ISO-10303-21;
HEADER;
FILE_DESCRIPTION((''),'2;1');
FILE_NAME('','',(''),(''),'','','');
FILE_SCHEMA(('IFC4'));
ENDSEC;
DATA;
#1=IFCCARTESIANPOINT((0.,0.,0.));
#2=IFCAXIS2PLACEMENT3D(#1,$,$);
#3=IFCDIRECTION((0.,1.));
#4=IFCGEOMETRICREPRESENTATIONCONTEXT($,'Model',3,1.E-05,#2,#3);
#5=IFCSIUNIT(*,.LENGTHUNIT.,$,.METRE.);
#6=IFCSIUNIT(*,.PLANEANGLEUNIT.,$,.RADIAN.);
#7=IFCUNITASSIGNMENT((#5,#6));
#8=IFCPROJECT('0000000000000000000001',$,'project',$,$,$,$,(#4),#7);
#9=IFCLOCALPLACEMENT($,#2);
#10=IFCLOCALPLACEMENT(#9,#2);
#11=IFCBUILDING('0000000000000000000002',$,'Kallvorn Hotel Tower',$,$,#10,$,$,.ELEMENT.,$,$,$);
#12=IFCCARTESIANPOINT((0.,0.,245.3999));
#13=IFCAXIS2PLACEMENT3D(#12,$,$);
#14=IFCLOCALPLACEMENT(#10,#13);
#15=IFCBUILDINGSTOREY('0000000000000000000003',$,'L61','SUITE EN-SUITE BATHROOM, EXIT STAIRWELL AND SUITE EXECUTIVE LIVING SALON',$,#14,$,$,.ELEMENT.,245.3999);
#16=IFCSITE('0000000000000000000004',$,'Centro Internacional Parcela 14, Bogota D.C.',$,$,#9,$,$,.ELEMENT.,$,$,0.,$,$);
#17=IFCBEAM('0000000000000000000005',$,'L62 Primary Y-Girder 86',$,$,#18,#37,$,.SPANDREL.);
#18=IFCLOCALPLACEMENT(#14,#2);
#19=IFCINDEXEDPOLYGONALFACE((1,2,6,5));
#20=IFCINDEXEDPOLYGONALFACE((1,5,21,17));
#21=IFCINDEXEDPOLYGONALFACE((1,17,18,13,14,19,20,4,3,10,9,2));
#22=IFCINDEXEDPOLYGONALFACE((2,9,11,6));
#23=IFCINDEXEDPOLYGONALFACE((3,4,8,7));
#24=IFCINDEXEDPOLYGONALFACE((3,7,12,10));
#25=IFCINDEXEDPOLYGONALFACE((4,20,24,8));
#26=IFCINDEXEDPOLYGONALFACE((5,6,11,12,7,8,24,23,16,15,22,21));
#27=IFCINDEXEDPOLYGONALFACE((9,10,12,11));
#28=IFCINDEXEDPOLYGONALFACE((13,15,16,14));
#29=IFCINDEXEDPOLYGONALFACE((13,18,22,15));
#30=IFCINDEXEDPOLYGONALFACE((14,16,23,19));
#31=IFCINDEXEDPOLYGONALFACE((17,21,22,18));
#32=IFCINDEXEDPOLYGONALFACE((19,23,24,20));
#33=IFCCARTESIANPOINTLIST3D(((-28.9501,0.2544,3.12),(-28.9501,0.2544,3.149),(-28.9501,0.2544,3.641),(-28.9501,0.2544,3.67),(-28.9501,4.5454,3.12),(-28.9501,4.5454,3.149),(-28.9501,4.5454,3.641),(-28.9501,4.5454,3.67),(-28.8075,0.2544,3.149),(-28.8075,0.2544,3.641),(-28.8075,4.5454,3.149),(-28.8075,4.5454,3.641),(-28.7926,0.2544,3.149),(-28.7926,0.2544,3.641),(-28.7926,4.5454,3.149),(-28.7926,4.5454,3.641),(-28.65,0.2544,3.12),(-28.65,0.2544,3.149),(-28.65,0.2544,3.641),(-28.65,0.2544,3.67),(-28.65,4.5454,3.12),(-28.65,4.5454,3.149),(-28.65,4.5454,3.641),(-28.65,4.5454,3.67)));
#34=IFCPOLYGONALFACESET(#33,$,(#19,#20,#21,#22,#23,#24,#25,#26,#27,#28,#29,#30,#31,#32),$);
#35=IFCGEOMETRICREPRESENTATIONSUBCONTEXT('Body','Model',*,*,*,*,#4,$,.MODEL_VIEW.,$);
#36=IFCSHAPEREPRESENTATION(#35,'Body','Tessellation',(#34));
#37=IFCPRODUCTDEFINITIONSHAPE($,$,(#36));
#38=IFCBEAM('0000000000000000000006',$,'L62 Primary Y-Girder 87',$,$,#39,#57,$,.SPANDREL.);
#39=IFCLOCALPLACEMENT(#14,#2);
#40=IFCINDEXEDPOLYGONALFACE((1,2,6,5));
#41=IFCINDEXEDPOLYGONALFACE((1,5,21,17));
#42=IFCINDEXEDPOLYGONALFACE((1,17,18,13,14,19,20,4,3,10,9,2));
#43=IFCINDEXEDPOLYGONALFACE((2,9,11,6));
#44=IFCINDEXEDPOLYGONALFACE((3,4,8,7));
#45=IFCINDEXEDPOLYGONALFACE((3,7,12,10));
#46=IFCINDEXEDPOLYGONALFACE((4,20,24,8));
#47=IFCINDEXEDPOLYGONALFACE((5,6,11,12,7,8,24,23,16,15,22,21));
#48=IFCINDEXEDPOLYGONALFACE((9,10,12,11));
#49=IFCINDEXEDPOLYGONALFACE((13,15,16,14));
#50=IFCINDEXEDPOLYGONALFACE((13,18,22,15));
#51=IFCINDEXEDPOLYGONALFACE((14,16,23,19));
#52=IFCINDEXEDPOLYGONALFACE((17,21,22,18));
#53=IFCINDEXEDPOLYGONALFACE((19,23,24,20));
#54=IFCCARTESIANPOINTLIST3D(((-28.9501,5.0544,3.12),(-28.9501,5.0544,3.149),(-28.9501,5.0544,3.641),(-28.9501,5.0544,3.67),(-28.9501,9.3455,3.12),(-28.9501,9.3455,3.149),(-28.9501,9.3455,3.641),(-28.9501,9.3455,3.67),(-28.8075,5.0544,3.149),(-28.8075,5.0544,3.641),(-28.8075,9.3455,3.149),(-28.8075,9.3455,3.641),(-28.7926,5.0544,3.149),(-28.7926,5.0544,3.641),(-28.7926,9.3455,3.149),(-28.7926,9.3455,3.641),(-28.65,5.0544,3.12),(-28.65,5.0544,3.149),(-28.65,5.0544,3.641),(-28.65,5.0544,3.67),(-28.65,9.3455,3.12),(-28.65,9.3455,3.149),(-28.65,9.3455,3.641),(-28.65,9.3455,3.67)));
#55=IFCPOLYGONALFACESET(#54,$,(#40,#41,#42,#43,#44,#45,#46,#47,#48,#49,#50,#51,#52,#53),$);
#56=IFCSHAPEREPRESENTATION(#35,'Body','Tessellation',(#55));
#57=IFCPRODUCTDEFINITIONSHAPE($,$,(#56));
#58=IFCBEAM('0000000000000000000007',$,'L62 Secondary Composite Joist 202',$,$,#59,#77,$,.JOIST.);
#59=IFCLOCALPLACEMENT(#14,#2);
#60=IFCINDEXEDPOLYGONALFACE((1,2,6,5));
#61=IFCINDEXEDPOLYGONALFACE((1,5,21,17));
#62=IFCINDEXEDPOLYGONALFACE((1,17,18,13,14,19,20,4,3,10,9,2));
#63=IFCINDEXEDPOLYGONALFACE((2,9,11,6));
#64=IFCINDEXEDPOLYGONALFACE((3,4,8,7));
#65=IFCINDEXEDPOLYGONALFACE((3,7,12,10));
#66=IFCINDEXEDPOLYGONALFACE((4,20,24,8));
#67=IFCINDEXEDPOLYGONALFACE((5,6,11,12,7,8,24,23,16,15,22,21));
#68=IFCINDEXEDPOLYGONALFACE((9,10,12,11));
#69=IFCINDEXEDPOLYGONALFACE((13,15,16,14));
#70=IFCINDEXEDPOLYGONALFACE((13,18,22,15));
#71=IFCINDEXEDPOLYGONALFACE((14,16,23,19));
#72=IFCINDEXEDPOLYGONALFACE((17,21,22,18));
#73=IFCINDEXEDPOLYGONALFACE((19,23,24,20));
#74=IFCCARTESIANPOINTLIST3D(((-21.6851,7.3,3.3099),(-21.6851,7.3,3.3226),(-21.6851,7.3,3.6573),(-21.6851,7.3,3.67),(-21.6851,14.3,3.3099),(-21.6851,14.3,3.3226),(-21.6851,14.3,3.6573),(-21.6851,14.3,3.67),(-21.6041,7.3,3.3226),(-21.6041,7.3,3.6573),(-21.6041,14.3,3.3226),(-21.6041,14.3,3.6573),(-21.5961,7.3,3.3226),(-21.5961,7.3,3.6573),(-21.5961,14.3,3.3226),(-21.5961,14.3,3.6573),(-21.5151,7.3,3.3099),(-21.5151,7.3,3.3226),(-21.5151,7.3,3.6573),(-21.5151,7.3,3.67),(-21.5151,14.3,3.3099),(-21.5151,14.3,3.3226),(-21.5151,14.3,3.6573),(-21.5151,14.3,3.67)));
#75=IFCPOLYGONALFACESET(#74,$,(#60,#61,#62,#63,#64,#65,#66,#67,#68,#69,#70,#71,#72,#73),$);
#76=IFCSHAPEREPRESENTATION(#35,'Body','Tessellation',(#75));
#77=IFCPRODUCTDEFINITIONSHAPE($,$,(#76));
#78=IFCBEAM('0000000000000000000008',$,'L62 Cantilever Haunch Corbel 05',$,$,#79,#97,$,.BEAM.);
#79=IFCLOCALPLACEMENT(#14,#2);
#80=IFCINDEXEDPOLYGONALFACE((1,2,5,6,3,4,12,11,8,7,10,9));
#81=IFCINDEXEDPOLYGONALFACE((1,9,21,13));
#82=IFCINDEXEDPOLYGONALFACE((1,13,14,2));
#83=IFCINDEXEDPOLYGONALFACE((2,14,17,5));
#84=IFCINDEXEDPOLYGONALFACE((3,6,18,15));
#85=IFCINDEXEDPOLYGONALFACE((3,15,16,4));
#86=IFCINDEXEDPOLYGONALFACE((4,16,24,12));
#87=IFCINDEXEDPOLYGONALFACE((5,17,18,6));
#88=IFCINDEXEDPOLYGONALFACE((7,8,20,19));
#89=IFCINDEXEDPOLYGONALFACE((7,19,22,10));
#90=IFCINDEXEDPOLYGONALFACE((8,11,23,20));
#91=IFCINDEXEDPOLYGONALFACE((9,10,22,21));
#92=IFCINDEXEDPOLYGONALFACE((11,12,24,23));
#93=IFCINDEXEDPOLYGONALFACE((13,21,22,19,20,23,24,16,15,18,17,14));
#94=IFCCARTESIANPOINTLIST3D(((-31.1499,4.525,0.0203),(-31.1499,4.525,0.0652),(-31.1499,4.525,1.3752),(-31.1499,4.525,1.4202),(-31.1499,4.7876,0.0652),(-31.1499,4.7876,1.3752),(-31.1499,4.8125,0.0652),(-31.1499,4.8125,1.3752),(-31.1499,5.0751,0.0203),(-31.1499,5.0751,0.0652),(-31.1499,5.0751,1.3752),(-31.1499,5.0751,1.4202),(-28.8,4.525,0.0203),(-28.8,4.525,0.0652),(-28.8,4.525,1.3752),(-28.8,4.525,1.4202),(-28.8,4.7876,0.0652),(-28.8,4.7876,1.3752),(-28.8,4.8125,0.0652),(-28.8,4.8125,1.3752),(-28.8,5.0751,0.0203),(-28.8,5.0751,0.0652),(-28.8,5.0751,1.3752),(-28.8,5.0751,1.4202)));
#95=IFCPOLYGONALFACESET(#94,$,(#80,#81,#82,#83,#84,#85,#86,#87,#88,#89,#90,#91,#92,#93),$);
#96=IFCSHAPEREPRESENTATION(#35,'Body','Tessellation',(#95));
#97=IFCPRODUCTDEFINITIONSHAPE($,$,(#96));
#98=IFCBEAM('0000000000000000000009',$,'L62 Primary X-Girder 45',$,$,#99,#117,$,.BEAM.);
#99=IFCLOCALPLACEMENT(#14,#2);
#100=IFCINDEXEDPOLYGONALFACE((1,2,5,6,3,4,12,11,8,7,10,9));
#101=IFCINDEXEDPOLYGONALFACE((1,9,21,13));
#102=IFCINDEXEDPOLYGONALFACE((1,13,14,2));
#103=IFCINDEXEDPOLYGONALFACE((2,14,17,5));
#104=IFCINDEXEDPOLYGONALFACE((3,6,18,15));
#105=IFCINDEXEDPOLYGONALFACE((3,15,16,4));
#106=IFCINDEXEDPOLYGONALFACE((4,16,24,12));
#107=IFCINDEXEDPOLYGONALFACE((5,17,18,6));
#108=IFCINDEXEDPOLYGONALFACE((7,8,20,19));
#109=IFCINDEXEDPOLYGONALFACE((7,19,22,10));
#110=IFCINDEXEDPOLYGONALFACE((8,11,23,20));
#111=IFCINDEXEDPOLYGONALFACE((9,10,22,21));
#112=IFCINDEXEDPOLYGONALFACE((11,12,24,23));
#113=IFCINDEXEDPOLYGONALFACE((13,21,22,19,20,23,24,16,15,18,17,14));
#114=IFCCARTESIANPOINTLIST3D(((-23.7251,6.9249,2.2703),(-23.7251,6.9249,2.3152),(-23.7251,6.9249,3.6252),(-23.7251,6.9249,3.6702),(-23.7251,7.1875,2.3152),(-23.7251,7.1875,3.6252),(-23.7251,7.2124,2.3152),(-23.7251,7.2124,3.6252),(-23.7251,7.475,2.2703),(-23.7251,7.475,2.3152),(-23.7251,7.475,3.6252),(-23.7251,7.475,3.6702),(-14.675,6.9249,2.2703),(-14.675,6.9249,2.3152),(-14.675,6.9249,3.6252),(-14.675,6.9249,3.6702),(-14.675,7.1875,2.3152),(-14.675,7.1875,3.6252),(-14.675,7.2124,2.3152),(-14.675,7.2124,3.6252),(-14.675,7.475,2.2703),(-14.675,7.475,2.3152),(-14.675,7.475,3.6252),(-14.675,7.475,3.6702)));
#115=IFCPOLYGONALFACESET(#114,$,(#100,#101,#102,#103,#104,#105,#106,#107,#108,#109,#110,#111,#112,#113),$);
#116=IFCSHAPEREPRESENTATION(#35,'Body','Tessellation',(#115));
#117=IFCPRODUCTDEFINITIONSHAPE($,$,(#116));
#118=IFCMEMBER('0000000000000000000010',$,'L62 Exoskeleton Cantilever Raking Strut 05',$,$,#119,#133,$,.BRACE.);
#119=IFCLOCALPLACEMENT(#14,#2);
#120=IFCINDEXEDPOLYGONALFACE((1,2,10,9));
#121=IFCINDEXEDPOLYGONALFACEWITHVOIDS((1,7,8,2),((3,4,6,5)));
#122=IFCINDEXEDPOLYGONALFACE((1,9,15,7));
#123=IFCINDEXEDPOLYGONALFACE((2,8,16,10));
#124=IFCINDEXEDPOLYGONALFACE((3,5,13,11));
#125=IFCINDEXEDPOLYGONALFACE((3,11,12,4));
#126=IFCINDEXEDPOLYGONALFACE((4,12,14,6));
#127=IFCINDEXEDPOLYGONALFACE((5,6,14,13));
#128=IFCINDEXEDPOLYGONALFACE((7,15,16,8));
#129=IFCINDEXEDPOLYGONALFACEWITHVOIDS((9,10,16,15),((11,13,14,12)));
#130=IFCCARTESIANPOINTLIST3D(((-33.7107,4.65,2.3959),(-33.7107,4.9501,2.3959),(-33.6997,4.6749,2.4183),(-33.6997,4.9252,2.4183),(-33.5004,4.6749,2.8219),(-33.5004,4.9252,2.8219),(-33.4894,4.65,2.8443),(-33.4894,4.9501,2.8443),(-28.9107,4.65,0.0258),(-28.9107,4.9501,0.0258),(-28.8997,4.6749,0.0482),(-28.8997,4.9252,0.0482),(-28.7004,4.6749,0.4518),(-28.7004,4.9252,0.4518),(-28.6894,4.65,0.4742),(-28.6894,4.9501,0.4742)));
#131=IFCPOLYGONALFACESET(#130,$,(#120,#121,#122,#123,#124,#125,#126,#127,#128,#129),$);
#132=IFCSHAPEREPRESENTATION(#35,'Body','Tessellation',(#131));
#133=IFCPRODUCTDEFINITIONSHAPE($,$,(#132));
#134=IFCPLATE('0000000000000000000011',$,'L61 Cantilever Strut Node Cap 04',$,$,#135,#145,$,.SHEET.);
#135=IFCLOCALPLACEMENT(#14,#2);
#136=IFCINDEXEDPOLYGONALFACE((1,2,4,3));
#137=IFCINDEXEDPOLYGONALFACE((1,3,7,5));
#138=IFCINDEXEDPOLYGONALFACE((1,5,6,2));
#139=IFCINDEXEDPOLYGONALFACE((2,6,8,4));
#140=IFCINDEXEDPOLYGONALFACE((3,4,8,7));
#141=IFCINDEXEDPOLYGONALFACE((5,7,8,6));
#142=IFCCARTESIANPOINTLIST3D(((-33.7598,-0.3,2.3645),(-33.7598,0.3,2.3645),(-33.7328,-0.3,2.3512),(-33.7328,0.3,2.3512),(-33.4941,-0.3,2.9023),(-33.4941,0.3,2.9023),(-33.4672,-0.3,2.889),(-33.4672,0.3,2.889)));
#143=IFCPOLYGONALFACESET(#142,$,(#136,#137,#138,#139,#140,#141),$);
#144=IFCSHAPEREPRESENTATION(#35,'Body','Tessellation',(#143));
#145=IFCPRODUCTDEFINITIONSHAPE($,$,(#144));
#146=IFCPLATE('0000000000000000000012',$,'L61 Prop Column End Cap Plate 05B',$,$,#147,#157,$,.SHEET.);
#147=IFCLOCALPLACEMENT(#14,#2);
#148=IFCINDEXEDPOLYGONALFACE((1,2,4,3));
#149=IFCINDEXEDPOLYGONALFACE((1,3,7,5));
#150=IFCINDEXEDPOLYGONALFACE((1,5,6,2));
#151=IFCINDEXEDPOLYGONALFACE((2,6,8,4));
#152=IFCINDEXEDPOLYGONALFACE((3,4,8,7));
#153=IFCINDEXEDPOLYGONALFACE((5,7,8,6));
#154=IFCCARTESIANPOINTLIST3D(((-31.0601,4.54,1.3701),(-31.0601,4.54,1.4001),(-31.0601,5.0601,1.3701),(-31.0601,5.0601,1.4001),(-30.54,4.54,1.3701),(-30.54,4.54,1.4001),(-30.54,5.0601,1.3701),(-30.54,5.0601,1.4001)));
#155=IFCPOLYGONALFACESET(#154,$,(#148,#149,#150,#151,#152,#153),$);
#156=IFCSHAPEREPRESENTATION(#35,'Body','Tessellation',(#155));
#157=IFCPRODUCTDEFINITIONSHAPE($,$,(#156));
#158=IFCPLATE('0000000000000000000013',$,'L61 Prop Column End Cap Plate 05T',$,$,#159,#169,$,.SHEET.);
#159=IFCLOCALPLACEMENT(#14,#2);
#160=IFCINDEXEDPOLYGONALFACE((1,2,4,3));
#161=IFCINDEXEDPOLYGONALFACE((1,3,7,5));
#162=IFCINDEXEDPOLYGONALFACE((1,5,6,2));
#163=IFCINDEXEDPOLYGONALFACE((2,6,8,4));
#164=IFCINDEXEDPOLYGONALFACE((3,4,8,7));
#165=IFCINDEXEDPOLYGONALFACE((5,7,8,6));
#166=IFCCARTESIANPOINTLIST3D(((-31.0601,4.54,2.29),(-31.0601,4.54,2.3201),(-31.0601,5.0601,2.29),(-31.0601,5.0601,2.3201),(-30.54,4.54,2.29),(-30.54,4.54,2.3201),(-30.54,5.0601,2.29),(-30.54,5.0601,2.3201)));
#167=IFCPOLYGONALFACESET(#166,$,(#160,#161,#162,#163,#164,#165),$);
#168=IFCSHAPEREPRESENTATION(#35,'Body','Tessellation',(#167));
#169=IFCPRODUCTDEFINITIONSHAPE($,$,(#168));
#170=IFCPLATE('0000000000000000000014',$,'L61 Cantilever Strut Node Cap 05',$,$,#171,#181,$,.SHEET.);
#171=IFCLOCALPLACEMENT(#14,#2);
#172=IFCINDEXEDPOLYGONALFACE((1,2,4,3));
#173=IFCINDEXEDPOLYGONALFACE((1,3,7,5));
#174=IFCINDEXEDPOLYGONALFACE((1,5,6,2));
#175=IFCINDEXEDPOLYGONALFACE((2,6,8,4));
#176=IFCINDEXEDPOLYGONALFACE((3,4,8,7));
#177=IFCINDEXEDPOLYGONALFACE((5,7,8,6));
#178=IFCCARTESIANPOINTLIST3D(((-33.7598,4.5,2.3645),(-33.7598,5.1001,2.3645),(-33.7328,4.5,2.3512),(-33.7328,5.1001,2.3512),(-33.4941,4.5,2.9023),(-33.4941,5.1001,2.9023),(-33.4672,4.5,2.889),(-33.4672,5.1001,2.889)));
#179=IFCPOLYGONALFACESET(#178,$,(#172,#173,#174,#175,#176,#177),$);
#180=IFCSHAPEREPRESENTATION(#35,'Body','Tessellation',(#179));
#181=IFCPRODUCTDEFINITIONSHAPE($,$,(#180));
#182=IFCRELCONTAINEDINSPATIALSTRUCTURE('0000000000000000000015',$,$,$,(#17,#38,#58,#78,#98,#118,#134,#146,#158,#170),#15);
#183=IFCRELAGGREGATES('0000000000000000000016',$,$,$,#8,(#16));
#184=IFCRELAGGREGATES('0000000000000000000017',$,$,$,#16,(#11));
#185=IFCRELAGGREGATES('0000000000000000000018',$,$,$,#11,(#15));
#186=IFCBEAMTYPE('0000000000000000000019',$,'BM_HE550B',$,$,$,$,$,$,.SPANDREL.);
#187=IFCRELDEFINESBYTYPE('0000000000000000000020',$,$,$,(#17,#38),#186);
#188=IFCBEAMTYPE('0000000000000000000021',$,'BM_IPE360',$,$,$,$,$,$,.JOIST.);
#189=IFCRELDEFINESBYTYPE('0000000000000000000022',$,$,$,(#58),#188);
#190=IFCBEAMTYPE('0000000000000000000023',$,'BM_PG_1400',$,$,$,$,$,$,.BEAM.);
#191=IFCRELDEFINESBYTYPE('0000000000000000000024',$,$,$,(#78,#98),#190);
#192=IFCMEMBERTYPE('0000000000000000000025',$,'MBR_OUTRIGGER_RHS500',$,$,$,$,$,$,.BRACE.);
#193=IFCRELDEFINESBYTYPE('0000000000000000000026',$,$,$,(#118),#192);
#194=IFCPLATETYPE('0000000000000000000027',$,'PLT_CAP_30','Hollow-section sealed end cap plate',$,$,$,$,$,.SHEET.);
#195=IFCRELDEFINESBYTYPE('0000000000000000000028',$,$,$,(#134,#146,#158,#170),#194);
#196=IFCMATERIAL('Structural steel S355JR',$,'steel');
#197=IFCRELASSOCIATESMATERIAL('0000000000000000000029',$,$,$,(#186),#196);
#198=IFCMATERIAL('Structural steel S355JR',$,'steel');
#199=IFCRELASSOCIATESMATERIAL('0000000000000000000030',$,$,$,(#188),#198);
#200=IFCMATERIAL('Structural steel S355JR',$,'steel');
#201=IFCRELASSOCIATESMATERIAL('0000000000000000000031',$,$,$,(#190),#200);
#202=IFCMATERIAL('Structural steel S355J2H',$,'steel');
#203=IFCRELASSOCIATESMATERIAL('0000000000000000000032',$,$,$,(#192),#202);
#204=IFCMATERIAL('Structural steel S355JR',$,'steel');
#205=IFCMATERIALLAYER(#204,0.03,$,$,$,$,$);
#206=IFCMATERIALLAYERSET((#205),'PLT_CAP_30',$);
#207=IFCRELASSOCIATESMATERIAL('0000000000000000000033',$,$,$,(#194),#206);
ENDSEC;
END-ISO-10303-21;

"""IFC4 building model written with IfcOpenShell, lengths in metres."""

from ifc_helpers import new_model, si_unit, direction, frame, origin, origin_2d, place, context, subcontext, project, spatial, polyline, rectangle, hollow_rectangle, i_section, outline, extrude, material, layer, layer_set, material_profile, profile_set, type_object, element, save


model = new_model("IFC4")

# Units and contexts
model_context = context("Model", 3, precision=1e-05, world=origin(), true_north=direction((0.0, 1.0)))
body_context = subcontext(model_context, "Body", "Model", "MODEL_VIEW")
ifc_project = project(units=[si_unit("LENGTHUNIT", "METRE"), si_unit("PLANEANGLEUNIT", "RADIAN")], contexts=[model_context])

# Site, building, storey
site_placement = place(None, origin())
site = spatial("IfcSite", under=ifc_project, at=site_placement, Name="Centro Internacional Parcela 14, Bogota D.C.", CompositionType="ELEMENT", RefElevation=0.0)
building_placement = place(site_placement, origin())
building = spatial("IfcBuilding", under=site, at=building_placement, Name="Kallvorn Hotel Tower", CompositionType="ELEMENT")
storey_placement = place(building_placement, frame((0.0, 0.0, 245.3999)))
storey = spatial("IfcBuildingStorey", under=building, at=storey_placement, Name="L61", Description="SUITE EN-SUITE BATHROOM, EXIT STAIRWELL AND SUITE EXECUTIVE LIVING SALON", CompositionType="ELEMENT", Elevation=245.3999)

# Beams
ifc_material_1 = material(Name="Structural steel S355JR", Category="steel")
ifc_material_profile_1 = material_profile(ifc_material_1, i_section(OverallWidth=0.3, OverallDepth=0.55, WebThickness=0.0149, FlangeThickness=0.0291, at=origin_2d()), Name="HE 550 B")
ifc_profile_set_1 = profile_set([ifc_material_profile_1], Name="Structural steel S355JR")
beam_type_1 = type_object("IfcBeamType", Name="BM_HE550B", PredefinedType="SPANDREL", material=ifc_profile_set_1)
for number, where, z_axis, x_axis, name in (
    (1, (-28.8, 0.2544, 3.395), (0.0, 1.0, 0.0), (-1.0, 0.0, 0.0), "L62 Primary Y-Girder 86"),
    (2, (-28.8, 5.0544, 3.395), (0.0, 1.0, 0.0), (-1.0, 0.0, 0.0), "L62 Primary Y-Girder 87"),
):
    element("IfcBeam", number, at=place(storey_placement, frame(where, z_axis=z_axis, x_axis=x_axis)), inside=storey, type_object=beam_type_1, Name=name, PredefinedType="SPANDREL", context=body_context, shape_type="SweptSolid", body=[
        extrude(i_section(OverallWidth=0.3, OverallDepth=0.55, WebThickness=0.0149, FlangeThickness=0.0291, at=origin_2d()), origin(), (0.0, 0.0, 1.0), 4.291),
    ])
ifc_material_2 = material(Name="Structural steel S355JR", Category="steel")
ifc_material_profile_2 = material_profile(ifc_material_2, i_section(OverallWidth=0.1699, OverallDepth=0.3601, WebThickness=0.0081, FlangeThickness=0.0127, at=origin_2d()), Name="IPE 360")
ifc_profile_set_2 = profile_set([ifc_material_profile_2], Name="Structural steel S355JR")
beam_type_2 = type_object("IfcBeamType", Name="BM_IPE360", PredefinedType="JOIST", material=ifc_profile_set_2)
beam_1_placement = place(storey_placement, frame((-21.6001, 7.3, 3.49), z_axis=(0.0, 1.0, 0.0), x_axis=(-1.0, 0.0, 0.0)))
element("IfcBeam", 3, at=beam_1_placement, inside=storey, type_object=beam_type_2, Name="L62 Secondary Composite Joist 202", PredefinedType="JOIST", context=body_context, shape_type="SweptSolid", body=[
    extrude(i_section(OverallWidth=0.1699, OverallDepth=0.3601, WebThickness=0.0081, FlangeThickness=0.0127, at=origin_2d()), origin(), (0.0, 0.0, 1.0), 7.0),
])
ifc_material_3 = material(Name="Structural steel S355JR", Category="steel")
ifc_material_profile_3 = material_profile(ifc_material_3, i_section(OverallWidth=0.55, OverallDepth=1.3999, WebThickness=0.0249, FlangeThickness=0.0449, at=origin_2d()), Name="PG 1400x550x25x45")
ifc_profile_set_3 = profile_set([ifc_material_profile_3], Name="Structural steel S355JR")
beam_type_3 = type_object("IfcBeamType", Name="BM_PG_1400", PredefinedType="BEAM", material=ifc_profile_set_3)
beam_2_placement = place(storey_placement, frame((-28.8, 4.8, 0.7202), z_axis=(-1.0, 0.0, 0.0), x_axis=(0.0, -1.0, 0.0)))
element("IfcBeam", 4, at=beam_2_placement, inside=storey, type_object=beam_type_3, Name="L62 Cantilever Haunch Corbel 05", PredefinedType="BEAM", context=body_context, shape_type="SweptSolid", body=[
    extrude(i_section(OverallWidth=0.55, OverallDepth=1.3999, WebThickness=0.0249, FlangeThickness=0.0449, at=origin_2d()), origin(), (0.0, 0.0, 1.0), 2.3499),
])
beam_3_placement = place(storey_placement, frame((-23.7251, 7.2, 2.9702), z_axis=(1.0, 0.0, 0.0), x_axis=(0.0, 1.0, 0.0)))
element("IfcBeam", 5, at=beam_3_placement, inside=storey, type_object=beam_type_3, Name="L62 Primary X-Girder 45", PredefinedType="BEAM", context=body_context, shape_type="SweptSolid", body=[
    extrude(i_section(OverallWidth=0.55, OverallDepth=1.3999, WebThickness=0.0249, FlangeThickness=0.0449, at=origin_2d()), origin(), (0.0, 0.0, 1.0), 9.05),
])

# Member
ifc_material_4 = material(Name="Structural steel S355J2H", Category="steel")
ifc_material_profile_4 = material_profile(ifc_material_4, hollow_rectangle(XDim=0.3, YDim=0.5, WallThickness=0.0249, at=origin_2d()), Name="RHS 500x300x25")
ifc_profile_set_4 = profile_set([ifc_material_profile_4], Name="Structural steel S355J2H")
member_type = type_object("IfcMemberType", Name="MBR_OUTRIGGER_RHS500", PredefinedType="BRACE", material=ifc_profile_set_4)
member_placement = place(storey_placement, frame((-28.8, 4.8, 0.25), z_axis=(-0.896651, 0.0, 0.442739), x_axis=(0.0, -1.0, 0.0)))
element("IfcMember", 6, at=member_placement, inside=storey, type_object=member_type, Name="L62 Exoskeleton Cantilever Raking Strut 05", PredefinedType="BRACE", context=body_context, shape_type="SweptSolid", body=[
    extrude(hollow_rectangle(XDim=0.3, YDim=0.5, WallThickness=0.0249, at=origin_2d()), origin(), (0.0, 0.0, 1.0), 5.3533),
])

# Plates
ifc_material_5 = material(Name="Structural steel S355JR", Category="steel")
ifc_layer_1 = layer(ifc_material_5, 0.03)
ifc_layer_set_1 = layer_set([ifc_layer_1], Name="PLT_CAP_30")
plate_type = type_object("IfcPlateType", Name="PLT_CAP_30", Description="Hollow-section sealed end cap plate", PredefinedType="SHEET", material=ifc_layer_set_1)
plate_1_placement = place(storey_placement, frame((-33.7598, 0.3, 2.3645), z_axis=(-0.896614, 0.0, 0.442813), x_axis=(0.0, -1.0, 0.0)))
element("IfcPlate", 7, at=plate_1_placement, inside=storey, type_object=plate_type, Name="L61 Cantilever Strut Node Cap 04", PredefinedType="SHEET", context=body_context, shape_type="SweptSolid", body=[
    extrude(outline(polyline([(0.0, 0.0), (0.6001, 0.0), (0.6001, 0.5999), (0.0, 0.5999), (0.0, 0.0)])), origin(), (0.0, 0.0, -1.0), 0.03),
])
for number, where, z_axis, x_axis, name in (
    (8, (-30.8, 4.8, 1.3701), (0.0, 0.0, 1.0), (1.0, 0.0, 0.0), "L61 Prop Column End Cap Plate 05B"),
    (9, (-30.8, 4.8, 2.29), (0.0, 0.0, 1.0), (1.0, 0.0, 0.0), "L61 Prop Column End Cap Plate 05T"),
):
    element("IfcPlate", number, at=place(storey_placement, frame(where, z_axis=z_axis, x_axis=x_axis)), inside=storey, type_object=plate_type, Name=name, PredefinedType="SHEET", context=body_context, shape_type="SweptSolid", body=[
        extrude(rectangle(XDim=0.52, YDim=0.52, at=origin_2d()), origin(), (0.0, 0.0, 1.0), 0.03),
    ])
plate_2_placement = place(storey_placement, frame((-33.7598, 5.1001, 2.3645), z_axis=(-0.896614, 0.0, 0.442813), x_axis=(0.0, -1.0, 0.0)))
element("IfcPlate", 10, at=plate_2_placement, inside=storey, type_object=plate_type, Name="L61 Cantilever Strut Node Cap 05", PredefinedType="SHEET", context=body_context, shape_type="SweptSolid", body=[
    extrude(outline(polyline([(0.0, 0.0), (0.6001, 0.0), (0.6001, 0.5999), (0.0, 0.5999), (0.0, 0.0)])), origin(), (0.0, 0.0, -1.0), 0.03),
])

save(model, "model.ifc")
